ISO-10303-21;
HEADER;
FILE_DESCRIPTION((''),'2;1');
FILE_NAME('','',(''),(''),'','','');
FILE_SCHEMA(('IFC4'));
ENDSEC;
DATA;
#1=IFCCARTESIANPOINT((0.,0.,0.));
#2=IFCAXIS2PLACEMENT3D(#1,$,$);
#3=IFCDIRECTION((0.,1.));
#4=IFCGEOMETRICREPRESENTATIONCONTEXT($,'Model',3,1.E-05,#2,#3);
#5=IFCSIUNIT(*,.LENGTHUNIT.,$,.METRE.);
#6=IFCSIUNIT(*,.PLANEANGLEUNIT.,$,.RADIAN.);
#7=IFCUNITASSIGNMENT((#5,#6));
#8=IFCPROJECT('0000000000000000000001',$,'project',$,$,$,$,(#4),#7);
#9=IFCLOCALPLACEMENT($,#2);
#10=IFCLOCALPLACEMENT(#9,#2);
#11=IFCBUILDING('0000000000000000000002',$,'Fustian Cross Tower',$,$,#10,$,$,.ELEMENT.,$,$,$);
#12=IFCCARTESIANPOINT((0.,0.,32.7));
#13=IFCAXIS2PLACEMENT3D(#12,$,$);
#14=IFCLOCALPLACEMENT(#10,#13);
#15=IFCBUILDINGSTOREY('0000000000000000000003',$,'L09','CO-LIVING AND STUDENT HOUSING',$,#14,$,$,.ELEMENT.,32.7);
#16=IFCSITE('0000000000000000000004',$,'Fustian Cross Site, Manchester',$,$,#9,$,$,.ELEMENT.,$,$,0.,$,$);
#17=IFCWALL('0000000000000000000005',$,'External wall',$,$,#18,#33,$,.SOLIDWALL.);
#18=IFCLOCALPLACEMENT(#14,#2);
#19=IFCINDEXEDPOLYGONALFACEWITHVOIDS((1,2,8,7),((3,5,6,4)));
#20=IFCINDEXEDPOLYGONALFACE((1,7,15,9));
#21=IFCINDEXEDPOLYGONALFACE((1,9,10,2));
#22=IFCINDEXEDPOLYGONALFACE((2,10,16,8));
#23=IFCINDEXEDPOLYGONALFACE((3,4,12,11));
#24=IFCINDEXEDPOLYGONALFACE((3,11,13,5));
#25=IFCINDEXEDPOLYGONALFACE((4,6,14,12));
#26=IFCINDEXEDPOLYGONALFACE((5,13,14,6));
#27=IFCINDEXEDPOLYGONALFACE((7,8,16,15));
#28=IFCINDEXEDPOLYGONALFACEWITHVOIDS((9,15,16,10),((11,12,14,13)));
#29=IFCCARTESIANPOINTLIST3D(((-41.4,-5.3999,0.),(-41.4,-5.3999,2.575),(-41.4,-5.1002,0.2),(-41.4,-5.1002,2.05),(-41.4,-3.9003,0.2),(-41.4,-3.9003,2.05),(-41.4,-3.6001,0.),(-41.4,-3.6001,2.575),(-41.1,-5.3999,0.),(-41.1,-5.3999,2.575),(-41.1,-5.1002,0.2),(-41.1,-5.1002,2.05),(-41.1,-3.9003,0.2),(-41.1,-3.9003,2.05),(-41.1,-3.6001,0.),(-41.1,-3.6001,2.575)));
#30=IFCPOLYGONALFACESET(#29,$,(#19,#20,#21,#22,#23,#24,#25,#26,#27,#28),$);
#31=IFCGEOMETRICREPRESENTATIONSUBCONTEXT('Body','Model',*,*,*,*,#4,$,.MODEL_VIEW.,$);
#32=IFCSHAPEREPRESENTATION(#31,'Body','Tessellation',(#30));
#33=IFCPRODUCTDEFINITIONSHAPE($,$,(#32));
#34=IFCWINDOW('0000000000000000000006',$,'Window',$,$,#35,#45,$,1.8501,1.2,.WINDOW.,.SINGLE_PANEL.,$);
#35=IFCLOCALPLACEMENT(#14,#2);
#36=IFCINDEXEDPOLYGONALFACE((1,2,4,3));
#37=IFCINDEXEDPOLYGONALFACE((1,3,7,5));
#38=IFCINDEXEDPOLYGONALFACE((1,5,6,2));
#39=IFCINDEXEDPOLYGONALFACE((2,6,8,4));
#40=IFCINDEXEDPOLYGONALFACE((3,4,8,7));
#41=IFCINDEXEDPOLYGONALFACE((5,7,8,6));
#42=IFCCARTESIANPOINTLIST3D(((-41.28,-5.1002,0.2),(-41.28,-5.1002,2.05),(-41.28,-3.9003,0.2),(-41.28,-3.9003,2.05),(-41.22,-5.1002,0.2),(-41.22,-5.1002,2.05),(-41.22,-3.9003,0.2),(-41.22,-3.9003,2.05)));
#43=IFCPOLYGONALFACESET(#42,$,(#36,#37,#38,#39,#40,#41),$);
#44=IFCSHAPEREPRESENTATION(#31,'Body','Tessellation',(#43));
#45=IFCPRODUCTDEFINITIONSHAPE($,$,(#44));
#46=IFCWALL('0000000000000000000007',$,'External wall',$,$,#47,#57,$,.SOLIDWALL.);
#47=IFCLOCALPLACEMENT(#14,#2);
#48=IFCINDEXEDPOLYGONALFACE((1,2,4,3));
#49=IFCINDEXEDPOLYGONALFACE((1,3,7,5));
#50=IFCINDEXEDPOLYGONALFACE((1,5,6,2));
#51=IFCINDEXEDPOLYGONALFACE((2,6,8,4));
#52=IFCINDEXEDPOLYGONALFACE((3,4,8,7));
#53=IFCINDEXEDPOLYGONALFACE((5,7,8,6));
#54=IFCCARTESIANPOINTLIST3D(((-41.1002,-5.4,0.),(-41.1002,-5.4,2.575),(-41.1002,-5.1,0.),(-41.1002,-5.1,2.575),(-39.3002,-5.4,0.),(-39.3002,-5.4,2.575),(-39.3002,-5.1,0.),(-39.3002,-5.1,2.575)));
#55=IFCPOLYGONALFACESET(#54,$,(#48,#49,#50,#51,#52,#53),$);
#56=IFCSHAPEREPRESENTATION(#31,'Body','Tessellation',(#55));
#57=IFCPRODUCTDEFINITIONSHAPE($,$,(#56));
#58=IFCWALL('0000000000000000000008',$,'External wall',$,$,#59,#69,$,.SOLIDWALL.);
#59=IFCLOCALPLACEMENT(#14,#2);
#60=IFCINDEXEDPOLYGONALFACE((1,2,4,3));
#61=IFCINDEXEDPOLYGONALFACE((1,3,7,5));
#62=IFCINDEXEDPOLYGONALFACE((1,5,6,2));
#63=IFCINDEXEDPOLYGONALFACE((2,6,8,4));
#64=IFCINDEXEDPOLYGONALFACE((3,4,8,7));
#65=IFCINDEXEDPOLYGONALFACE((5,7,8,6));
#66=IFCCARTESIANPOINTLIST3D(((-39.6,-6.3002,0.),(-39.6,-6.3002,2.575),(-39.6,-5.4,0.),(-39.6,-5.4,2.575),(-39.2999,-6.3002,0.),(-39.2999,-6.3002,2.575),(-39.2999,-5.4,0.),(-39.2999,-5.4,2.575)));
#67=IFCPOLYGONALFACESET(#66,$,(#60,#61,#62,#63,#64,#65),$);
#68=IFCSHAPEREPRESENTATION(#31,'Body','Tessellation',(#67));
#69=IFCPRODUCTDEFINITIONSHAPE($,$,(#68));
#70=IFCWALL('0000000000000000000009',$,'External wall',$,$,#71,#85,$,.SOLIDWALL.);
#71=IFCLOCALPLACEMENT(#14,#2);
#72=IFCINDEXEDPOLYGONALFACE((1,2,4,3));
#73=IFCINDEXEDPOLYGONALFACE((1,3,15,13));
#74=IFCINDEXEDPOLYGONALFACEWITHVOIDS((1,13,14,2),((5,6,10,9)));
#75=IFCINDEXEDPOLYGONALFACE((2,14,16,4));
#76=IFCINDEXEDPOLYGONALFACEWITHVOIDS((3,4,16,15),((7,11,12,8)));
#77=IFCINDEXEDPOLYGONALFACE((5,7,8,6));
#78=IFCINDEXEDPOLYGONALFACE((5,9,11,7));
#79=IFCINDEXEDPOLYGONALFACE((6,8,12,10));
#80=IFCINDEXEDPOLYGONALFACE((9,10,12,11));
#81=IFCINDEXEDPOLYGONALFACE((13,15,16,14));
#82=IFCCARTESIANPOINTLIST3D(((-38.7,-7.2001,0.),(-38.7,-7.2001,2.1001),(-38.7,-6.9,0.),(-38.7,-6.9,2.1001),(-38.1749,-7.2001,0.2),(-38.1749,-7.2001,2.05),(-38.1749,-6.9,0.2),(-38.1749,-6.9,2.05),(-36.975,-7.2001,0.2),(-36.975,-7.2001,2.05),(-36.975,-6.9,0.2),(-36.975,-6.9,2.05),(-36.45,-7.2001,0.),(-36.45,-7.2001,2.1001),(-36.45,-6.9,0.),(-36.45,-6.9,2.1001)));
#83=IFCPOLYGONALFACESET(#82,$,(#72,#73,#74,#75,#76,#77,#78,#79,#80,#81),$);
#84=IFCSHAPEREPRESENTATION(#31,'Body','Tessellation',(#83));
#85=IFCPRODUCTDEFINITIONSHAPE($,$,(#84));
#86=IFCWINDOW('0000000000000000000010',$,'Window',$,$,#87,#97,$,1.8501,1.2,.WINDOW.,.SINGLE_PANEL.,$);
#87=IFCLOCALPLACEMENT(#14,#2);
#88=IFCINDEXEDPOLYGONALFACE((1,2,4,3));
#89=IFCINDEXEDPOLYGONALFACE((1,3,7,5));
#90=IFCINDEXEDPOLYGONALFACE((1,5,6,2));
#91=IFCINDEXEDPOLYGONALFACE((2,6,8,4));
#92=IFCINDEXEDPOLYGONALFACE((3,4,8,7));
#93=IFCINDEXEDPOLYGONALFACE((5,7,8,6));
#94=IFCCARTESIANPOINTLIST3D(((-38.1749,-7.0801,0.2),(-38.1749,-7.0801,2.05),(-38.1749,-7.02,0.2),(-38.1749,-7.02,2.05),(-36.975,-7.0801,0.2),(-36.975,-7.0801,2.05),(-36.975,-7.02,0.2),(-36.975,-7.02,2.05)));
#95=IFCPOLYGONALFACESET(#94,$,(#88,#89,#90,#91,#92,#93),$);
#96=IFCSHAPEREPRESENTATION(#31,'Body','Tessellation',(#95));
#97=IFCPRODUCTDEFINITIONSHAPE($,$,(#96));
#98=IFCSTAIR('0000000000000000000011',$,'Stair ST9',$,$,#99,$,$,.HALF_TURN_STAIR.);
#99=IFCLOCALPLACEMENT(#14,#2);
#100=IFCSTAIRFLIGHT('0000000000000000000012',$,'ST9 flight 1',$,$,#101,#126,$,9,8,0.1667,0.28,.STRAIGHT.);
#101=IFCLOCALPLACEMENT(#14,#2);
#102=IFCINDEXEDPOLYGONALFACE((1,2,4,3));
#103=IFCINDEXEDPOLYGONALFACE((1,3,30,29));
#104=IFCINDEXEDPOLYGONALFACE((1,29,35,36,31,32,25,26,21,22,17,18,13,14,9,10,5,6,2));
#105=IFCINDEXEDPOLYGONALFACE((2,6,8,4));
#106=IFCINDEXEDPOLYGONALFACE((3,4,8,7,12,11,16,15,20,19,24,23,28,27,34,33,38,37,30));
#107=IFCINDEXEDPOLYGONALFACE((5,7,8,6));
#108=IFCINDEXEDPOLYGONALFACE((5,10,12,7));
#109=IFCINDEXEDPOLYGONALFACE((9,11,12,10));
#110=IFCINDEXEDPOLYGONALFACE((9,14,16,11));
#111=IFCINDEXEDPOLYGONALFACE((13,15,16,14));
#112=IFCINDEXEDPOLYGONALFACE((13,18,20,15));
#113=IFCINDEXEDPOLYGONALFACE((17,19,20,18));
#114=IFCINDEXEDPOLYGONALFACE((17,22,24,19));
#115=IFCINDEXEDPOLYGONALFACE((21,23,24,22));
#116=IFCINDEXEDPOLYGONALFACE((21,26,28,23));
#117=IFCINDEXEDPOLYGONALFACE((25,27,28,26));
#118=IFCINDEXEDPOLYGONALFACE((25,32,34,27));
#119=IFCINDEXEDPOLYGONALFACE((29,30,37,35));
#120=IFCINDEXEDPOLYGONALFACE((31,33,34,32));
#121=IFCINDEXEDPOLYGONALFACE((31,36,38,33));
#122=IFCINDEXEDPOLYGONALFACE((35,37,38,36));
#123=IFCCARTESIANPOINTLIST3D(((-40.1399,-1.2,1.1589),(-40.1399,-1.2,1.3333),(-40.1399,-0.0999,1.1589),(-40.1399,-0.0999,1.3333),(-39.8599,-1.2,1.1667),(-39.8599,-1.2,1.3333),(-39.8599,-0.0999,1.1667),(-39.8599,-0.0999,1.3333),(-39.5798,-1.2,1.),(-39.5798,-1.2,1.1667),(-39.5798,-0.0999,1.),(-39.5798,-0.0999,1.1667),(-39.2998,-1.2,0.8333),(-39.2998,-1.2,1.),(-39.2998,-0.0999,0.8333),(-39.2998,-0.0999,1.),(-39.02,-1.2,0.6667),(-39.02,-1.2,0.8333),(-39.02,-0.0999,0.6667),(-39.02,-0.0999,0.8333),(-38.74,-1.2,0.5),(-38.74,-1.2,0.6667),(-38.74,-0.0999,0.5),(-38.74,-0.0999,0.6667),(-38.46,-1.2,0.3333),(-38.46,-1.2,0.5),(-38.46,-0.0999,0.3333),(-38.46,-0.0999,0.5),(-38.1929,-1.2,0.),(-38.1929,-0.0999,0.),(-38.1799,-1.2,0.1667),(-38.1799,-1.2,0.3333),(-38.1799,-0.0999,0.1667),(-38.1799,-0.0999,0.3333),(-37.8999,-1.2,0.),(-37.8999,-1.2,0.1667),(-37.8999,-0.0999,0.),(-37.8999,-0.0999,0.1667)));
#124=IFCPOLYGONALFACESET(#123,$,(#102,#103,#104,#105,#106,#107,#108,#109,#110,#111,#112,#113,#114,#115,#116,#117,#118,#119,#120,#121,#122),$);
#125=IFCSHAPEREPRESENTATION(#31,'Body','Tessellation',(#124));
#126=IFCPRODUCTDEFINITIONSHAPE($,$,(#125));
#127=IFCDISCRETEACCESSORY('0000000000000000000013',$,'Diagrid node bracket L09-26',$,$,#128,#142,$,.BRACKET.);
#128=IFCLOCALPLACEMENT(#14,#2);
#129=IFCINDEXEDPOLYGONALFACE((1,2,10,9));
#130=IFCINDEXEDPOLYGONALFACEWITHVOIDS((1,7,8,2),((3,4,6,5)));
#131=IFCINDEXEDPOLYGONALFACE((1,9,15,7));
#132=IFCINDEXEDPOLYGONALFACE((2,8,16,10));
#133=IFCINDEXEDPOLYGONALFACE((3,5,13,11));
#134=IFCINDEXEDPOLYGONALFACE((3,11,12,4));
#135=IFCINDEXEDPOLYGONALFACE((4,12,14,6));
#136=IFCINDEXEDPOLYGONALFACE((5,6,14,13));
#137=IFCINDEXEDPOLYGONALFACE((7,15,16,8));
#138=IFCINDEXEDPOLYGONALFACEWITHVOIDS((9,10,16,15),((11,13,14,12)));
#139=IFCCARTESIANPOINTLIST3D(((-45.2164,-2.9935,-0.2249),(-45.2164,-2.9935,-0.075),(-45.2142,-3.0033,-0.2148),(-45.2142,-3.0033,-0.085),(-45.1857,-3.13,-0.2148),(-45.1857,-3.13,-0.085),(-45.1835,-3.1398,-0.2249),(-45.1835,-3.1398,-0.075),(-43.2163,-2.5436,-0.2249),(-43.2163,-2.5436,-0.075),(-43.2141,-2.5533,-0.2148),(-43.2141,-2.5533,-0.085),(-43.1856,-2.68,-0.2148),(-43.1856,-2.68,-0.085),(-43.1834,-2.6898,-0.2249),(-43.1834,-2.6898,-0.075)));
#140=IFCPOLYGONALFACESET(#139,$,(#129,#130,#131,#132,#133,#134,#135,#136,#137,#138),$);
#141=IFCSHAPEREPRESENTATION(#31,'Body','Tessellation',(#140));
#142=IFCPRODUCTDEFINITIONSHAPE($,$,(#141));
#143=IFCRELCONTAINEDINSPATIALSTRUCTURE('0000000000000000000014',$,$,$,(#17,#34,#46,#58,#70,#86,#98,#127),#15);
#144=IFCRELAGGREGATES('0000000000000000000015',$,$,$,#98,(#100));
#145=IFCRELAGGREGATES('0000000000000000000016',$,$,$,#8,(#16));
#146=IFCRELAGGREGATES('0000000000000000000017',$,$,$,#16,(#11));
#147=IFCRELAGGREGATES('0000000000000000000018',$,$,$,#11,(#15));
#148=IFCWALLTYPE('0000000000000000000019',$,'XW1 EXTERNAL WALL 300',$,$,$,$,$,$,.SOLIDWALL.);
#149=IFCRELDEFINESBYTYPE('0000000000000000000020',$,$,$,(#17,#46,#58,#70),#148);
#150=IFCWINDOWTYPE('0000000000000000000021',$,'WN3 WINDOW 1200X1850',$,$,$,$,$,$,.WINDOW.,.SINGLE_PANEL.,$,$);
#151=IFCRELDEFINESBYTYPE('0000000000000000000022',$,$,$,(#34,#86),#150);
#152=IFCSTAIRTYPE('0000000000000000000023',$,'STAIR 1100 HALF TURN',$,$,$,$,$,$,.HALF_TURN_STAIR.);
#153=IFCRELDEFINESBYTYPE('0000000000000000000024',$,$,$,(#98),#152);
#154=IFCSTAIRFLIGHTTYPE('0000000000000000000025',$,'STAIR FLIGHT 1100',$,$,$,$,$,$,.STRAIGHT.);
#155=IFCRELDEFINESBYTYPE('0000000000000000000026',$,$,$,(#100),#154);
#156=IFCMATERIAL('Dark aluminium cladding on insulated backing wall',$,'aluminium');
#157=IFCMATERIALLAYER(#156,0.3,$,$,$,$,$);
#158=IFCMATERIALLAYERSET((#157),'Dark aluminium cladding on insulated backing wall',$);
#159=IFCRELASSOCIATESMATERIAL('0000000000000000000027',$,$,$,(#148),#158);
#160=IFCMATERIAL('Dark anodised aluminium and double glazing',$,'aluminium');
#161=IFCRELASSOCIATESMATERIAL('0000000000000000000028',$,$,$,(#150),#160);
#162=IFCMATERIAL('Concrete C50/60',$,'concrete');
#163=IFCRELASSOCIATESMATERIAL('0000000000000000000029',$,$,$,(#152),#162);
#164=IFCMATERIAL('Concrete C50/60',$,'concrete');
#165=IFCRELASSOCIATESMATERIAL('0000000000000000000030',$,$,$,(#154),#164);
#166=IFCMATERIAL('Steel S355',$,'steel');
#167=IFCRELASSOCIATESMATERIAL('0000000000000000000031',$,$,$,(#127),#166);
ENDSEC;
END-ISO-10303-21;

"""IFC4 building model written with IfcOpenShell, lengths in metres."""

from ifc_helpers import new_model, si_unit, direction, frame, frame_2d, origin, origin_2d, place, context, subcontext, project, spatial, polyline, rectangle, hollow_rectangle, outline, extrude, material, layer, layer_set, type_object, element, fill, aggregate, save


model = new_model("IFC4")

# Units and contexts
model_context = context("Model", 3, precision=1e-05, world=origin(), true_north=direction((0.0, 1.0)))
body_context = subcontext(model_context, "Body", "Model", "MODEL_VIEW")
ifc_project = project(units=[si_unit("LENGTHUNIT", "METRE"), si_unit("PLANEANGLEUNIT", "RADIAN")], contexts=[model_context])

# Site, building, storey
site_placement = place(None, origin())
site = spatial("IfcSite", under=ifc_project, at=site_placement, Name="Fustian Cross Site, Manchester", CompositionType="ELEMENT", RefElevation=0.0)
building_placement = place(site_placement, origin())
building = spatial("IfcBuilding", under=site, at=building_placement, Name="Fustian Cross Tower", CompositionType="ELEMENT")
storey_placement = place(building_placement, frame((0.0, 0.0, 32.7)))
storey = spatial("IfcBuildingStorey", under=building, at=storey_placement, Name="L09", Description="CO-LIVING AND STUDENT HOUSING", CompositionType="ELEMENT", Elevation=32.7)

# Shared definitions
ifc_material_1 = material(Name="Dark aluminium cladding on insulated backing wall", Category="aluminium")
ifc_layer_1 = layer(ifc_material_1, 0.3)
ifc_layer_set_1 = layer_set([ifc_layer_1], Name="Dark aluminium cladding on insulated backing wall")
wall_type_1 = type_object("IfcWallType", Name="XW1 EXTERNAL WALL 300", PredefinedType="SOLIDWALL", material=ifc_layer_set_1)

# Wall, opening, window
wall_1_placement = place(storey_placement, frame((-41.25, -3.6001, 0.0), z_axis=(0.0, 0.0, 1.0), x_axis=(0.0, -1.0, 0.0)))
wall_1 = element("IfcWall", 1, at=wall_1_placement, inside=storey, type_object=wall_type_1, Name="External wall", PredefinedType="SOLIDWALL", context=body_context, shape_type="SweptSolid", body=[
    extrude(rectangle(XDim=1.7998, YDim=0.3, at=frame_2d((0.8999, 0.0))), origin(), (0.0, 0.0, 1.0), 2.575),
])
opening_1_placement = place(wall_1_placement, frame((0.3, 0.0, 0.2)))
opening_1 = element("IfcOpeningElement", 2, at=opening_1_placement, cuts=wall_1, PredefinedType="OPENING", context=body_context, shape_type="SweptSolid", body=[
    extrude(rectangle(XDim=1.2, YDim=1.8501, at=frame_2d((0.6001, 0.925))), frame((0.0, 0.1599, 0.0), z_axis=(0.0, -1.0, 0.0), x_axis=(1.0, 0.0, 0.0)), (0.0, 0.0, 1.0), 0.3201),
])
ifc_material_2 = material(Name="Dark anodised aluminium and double glazing", Category="aluminium")
window_type = type_object("IfcWindowType", Name="WN3 WINDOW 1200X1850", PartitioningType="SINGLE_PANEL", PredefinedType="WINDOW", material=ifc_material_2)
window_1_placement = place(opening_1_placement, origin())
window_1 = element("IfcWindow", 3, at=window_1_placement, inside=storey, type_object=window_type, Name="Window", OverallHeight=1.8501, OverallWidth=1.2, PartitioningType="SINGLE_PANEL", PredefinedType="WINDOW", context=body_context, shape_type="SweptSolid", body=[
    extrude(rectangle(XDim=1.2, YDim=1.8501, at=frame_2d((0.6001, 0.925))), frame((0.0, 0.03, 0.0), z_axis=(0.0, -1.0, 0.0), x_axis=(1.0, 0.0, 0.0)), (0.0, 0.0, 1.0), 0.0601),
])
fill(opening_1, window_1)

# Walls
wall_2_placement = place(storey_placement, frame((-41.1001, -5.25, 0.0), z_axis=(0.0, 0.0, 1.0), x_axis=(1.0, 0.0, 0.0)))
element("IfcWall", 4, at=wall_2_placement, inside=storey, type_object=wall_type_1, Name="External wall", PredefinedType="SOLIDWALL", context=body_context, shape_type="SweptSolid", body=[
    extrude(rectangle(XDim=1.8, YDim=0.3, at=frame_2d((0.8999, 0.0))), origin(), (0.0, 0.0, 1.0), 2.575),
])
wall_3_placement = place(storey_placement, frame((-39.45, -5.3999, 0.0), z_axis=(0.0, 0.0, 1.0), x_axis=(0.0, -1.0, 0.0)))
element("IfcWall", 5, at=wall_3_placement, inside=storey, type_object=wall_type_1, Name="External wall", PredefinedType="SOLIDWALL", context=body_context, shape_type="SweptSolid", body=[
    extrude(rectangle(XDim=0.9001, YDim=0.3, at=frame_2d((0.4502, 0.0))), origin(), (0.0, 0.0, 1.0), 2.575),
])

# Wall, opening, window
wall_4_placement = place(storey_placement, frame((-38.7, -7.05, 0.0), z_axis=(0.0, 0.0, 1.0), x_axis=(1.0, 0.0, 0.0)))
wall_4 = element("IfcWall", 6, at=wall_4_placement, inside=storey, type_object=wall_type_1, Name="External wall", PredefinedType="SOLIDWALL", context=body_context, shape_type="SweptSolid", body=[
    extrude(rectangle(XDim=2.25, YDim=0.3, at=frame_2d((1.125, 0.0))), origin(), (0.0, 0.0, 1.0), 2.1001),
])
opening_2_placement = place(wall_4_placement, frame((0.5249, 0.0, 0.2)))
opening_2 = element("IfcOpeningElement", 7, at=opening_2_placement, cuts=wall_4, PredefinedType="OPENING", context=body_context, shape_type="SweptSolid", body=[
    extrude(rectangle(XDim=1.2, YDim=1.8501, at=frame_2d((0.6001, 0.925))), frame((0.0, 0.1599, 0.0), z_axis=(0.0, -1.0, 0.0), x_axis=(1.0, 0.0, 0.0)), (0.0, 0.0, 1.0), 0.3201),
])
window_2_placement = place(opening_2_placement, origin())
window_2 = element("IfcWindow", 8, at=window_2_placement, inside=storey, type_object=window_type, Name="Window", OverallHeight=1.8501, OverallWidth=1.2, PartitioningType="SINGLE_PANEL", PredefinedType="WINDOW", context=body_context, shape_type="SweptSolid", body=[
    extrude(rectangle(XDim=1.2, YDim=1.8501, at=frame_2d((0.6001, 0.925))), frame((0.0, 0.03, 0.0), z_axis=(0.0, -1.0, 0.0), x_axis=(1.0, 0.0, 0.0)), (0.0, 0.0, 1.0), 0.0601),
])
fill(opening_2, window_2)

# Stair, stair flight
ifc_material_3 = material(Name="Concrete C50/60", Category="concrete")
stair_type = type_object("IfcStairType", Name="STAIR 1100 HALF TURN", PredefinedType="HALF_TURN_STAIR", material=ifc_material_3)
stair_placement = place(storey_placement, origin())
stair = element("IfcStair", 9, at=stair_placement, inside=storey, type_object=stair_type, Name="Stair ST9", PredefinedType="HALF_TURN_STAIR")
ifc_material_4 = material(Name="Concrete C50/60", Category="concrete")
stair_flight_type = type_object("IfcStairFlightType", Name="STAIR FLIGHT 1100", PredefinedType="STRAIGHT", material=ifc_material_4)
stair_flight_placement = place(storey_placement, frame((-37.8999, -0.6499, 0.0), z_axis=(0.0, 0.0, 1.0), x_axis=(-1.0, 0.0, 0.0)))
stair_flight = element("IfcStairFlight", 10, at=stair_flight_placement, type_object=stair_flight_type, Name="ST9 flight 1", NumberOfRisers=9, NumberOfTreads=8, PredefinedType="STRAIGHT", RiserHeight=0.1667, TreadLength=0.28, context=body_context, shape_type="SweptSolid", body=[
    extrude(outline(polyline([(0.0, 0.0), (0.0, 0.1667), (0.28, 0.1667), (0.28, 0.3333), (0.5601, 0.3333), (0.5601, 0.5), (0.8401, 0.5), (0.8401, 0.6667), (1.1201, 0.6667), (1.1201, 0.8333), (1.3999, 0.8333), (1.3999, 1.0), (1.6799, 1.0), (1.6799, 1.1667), (1.96, 1.1667), (1.96, 1.3333), (2.24, 1.3333), (2.24, 1.5), (2.24, 1.1589), (0.293, 0.0), (0.0, 0.0)])), frame((0.0, 0.55, 0.0), z_axis=(0.0, -1.0, 0.0), x_axis=(1.0, 0.0, 0.0)), (0.0, 0.0, 1.0), 1.1001),
])
aggregate(stair, [stair_flight])

# Discrete accessory
ifc_material_5 = material(Name="Steel S355", Category="steel")
discrete_accessory_placement = place(storey_placement, frame((-45.2, -3.0667, -0.1499), z_axis=(0.975615, 0.21949, 0.0), x_axis=(-0.21949, 0.975615, 0.0)))
element("IfcDiscreteAccessory", 11, at=discrete_accessory_placement, inside=storey, material=ifc_material_5, Name="Diagrid node bracket L09-26", PredefinedType="BRACKET", context=body_context, shape_type="SweptSolid", body=[
    extrude(hollow_rectangle(XDim=0.1499, YDim=0.1499, WallThickness=0.01, at=origin_2d()), origin(), (0.0, 0.0, 1.0), 2.05),
])

save(model, "model.ifc")
